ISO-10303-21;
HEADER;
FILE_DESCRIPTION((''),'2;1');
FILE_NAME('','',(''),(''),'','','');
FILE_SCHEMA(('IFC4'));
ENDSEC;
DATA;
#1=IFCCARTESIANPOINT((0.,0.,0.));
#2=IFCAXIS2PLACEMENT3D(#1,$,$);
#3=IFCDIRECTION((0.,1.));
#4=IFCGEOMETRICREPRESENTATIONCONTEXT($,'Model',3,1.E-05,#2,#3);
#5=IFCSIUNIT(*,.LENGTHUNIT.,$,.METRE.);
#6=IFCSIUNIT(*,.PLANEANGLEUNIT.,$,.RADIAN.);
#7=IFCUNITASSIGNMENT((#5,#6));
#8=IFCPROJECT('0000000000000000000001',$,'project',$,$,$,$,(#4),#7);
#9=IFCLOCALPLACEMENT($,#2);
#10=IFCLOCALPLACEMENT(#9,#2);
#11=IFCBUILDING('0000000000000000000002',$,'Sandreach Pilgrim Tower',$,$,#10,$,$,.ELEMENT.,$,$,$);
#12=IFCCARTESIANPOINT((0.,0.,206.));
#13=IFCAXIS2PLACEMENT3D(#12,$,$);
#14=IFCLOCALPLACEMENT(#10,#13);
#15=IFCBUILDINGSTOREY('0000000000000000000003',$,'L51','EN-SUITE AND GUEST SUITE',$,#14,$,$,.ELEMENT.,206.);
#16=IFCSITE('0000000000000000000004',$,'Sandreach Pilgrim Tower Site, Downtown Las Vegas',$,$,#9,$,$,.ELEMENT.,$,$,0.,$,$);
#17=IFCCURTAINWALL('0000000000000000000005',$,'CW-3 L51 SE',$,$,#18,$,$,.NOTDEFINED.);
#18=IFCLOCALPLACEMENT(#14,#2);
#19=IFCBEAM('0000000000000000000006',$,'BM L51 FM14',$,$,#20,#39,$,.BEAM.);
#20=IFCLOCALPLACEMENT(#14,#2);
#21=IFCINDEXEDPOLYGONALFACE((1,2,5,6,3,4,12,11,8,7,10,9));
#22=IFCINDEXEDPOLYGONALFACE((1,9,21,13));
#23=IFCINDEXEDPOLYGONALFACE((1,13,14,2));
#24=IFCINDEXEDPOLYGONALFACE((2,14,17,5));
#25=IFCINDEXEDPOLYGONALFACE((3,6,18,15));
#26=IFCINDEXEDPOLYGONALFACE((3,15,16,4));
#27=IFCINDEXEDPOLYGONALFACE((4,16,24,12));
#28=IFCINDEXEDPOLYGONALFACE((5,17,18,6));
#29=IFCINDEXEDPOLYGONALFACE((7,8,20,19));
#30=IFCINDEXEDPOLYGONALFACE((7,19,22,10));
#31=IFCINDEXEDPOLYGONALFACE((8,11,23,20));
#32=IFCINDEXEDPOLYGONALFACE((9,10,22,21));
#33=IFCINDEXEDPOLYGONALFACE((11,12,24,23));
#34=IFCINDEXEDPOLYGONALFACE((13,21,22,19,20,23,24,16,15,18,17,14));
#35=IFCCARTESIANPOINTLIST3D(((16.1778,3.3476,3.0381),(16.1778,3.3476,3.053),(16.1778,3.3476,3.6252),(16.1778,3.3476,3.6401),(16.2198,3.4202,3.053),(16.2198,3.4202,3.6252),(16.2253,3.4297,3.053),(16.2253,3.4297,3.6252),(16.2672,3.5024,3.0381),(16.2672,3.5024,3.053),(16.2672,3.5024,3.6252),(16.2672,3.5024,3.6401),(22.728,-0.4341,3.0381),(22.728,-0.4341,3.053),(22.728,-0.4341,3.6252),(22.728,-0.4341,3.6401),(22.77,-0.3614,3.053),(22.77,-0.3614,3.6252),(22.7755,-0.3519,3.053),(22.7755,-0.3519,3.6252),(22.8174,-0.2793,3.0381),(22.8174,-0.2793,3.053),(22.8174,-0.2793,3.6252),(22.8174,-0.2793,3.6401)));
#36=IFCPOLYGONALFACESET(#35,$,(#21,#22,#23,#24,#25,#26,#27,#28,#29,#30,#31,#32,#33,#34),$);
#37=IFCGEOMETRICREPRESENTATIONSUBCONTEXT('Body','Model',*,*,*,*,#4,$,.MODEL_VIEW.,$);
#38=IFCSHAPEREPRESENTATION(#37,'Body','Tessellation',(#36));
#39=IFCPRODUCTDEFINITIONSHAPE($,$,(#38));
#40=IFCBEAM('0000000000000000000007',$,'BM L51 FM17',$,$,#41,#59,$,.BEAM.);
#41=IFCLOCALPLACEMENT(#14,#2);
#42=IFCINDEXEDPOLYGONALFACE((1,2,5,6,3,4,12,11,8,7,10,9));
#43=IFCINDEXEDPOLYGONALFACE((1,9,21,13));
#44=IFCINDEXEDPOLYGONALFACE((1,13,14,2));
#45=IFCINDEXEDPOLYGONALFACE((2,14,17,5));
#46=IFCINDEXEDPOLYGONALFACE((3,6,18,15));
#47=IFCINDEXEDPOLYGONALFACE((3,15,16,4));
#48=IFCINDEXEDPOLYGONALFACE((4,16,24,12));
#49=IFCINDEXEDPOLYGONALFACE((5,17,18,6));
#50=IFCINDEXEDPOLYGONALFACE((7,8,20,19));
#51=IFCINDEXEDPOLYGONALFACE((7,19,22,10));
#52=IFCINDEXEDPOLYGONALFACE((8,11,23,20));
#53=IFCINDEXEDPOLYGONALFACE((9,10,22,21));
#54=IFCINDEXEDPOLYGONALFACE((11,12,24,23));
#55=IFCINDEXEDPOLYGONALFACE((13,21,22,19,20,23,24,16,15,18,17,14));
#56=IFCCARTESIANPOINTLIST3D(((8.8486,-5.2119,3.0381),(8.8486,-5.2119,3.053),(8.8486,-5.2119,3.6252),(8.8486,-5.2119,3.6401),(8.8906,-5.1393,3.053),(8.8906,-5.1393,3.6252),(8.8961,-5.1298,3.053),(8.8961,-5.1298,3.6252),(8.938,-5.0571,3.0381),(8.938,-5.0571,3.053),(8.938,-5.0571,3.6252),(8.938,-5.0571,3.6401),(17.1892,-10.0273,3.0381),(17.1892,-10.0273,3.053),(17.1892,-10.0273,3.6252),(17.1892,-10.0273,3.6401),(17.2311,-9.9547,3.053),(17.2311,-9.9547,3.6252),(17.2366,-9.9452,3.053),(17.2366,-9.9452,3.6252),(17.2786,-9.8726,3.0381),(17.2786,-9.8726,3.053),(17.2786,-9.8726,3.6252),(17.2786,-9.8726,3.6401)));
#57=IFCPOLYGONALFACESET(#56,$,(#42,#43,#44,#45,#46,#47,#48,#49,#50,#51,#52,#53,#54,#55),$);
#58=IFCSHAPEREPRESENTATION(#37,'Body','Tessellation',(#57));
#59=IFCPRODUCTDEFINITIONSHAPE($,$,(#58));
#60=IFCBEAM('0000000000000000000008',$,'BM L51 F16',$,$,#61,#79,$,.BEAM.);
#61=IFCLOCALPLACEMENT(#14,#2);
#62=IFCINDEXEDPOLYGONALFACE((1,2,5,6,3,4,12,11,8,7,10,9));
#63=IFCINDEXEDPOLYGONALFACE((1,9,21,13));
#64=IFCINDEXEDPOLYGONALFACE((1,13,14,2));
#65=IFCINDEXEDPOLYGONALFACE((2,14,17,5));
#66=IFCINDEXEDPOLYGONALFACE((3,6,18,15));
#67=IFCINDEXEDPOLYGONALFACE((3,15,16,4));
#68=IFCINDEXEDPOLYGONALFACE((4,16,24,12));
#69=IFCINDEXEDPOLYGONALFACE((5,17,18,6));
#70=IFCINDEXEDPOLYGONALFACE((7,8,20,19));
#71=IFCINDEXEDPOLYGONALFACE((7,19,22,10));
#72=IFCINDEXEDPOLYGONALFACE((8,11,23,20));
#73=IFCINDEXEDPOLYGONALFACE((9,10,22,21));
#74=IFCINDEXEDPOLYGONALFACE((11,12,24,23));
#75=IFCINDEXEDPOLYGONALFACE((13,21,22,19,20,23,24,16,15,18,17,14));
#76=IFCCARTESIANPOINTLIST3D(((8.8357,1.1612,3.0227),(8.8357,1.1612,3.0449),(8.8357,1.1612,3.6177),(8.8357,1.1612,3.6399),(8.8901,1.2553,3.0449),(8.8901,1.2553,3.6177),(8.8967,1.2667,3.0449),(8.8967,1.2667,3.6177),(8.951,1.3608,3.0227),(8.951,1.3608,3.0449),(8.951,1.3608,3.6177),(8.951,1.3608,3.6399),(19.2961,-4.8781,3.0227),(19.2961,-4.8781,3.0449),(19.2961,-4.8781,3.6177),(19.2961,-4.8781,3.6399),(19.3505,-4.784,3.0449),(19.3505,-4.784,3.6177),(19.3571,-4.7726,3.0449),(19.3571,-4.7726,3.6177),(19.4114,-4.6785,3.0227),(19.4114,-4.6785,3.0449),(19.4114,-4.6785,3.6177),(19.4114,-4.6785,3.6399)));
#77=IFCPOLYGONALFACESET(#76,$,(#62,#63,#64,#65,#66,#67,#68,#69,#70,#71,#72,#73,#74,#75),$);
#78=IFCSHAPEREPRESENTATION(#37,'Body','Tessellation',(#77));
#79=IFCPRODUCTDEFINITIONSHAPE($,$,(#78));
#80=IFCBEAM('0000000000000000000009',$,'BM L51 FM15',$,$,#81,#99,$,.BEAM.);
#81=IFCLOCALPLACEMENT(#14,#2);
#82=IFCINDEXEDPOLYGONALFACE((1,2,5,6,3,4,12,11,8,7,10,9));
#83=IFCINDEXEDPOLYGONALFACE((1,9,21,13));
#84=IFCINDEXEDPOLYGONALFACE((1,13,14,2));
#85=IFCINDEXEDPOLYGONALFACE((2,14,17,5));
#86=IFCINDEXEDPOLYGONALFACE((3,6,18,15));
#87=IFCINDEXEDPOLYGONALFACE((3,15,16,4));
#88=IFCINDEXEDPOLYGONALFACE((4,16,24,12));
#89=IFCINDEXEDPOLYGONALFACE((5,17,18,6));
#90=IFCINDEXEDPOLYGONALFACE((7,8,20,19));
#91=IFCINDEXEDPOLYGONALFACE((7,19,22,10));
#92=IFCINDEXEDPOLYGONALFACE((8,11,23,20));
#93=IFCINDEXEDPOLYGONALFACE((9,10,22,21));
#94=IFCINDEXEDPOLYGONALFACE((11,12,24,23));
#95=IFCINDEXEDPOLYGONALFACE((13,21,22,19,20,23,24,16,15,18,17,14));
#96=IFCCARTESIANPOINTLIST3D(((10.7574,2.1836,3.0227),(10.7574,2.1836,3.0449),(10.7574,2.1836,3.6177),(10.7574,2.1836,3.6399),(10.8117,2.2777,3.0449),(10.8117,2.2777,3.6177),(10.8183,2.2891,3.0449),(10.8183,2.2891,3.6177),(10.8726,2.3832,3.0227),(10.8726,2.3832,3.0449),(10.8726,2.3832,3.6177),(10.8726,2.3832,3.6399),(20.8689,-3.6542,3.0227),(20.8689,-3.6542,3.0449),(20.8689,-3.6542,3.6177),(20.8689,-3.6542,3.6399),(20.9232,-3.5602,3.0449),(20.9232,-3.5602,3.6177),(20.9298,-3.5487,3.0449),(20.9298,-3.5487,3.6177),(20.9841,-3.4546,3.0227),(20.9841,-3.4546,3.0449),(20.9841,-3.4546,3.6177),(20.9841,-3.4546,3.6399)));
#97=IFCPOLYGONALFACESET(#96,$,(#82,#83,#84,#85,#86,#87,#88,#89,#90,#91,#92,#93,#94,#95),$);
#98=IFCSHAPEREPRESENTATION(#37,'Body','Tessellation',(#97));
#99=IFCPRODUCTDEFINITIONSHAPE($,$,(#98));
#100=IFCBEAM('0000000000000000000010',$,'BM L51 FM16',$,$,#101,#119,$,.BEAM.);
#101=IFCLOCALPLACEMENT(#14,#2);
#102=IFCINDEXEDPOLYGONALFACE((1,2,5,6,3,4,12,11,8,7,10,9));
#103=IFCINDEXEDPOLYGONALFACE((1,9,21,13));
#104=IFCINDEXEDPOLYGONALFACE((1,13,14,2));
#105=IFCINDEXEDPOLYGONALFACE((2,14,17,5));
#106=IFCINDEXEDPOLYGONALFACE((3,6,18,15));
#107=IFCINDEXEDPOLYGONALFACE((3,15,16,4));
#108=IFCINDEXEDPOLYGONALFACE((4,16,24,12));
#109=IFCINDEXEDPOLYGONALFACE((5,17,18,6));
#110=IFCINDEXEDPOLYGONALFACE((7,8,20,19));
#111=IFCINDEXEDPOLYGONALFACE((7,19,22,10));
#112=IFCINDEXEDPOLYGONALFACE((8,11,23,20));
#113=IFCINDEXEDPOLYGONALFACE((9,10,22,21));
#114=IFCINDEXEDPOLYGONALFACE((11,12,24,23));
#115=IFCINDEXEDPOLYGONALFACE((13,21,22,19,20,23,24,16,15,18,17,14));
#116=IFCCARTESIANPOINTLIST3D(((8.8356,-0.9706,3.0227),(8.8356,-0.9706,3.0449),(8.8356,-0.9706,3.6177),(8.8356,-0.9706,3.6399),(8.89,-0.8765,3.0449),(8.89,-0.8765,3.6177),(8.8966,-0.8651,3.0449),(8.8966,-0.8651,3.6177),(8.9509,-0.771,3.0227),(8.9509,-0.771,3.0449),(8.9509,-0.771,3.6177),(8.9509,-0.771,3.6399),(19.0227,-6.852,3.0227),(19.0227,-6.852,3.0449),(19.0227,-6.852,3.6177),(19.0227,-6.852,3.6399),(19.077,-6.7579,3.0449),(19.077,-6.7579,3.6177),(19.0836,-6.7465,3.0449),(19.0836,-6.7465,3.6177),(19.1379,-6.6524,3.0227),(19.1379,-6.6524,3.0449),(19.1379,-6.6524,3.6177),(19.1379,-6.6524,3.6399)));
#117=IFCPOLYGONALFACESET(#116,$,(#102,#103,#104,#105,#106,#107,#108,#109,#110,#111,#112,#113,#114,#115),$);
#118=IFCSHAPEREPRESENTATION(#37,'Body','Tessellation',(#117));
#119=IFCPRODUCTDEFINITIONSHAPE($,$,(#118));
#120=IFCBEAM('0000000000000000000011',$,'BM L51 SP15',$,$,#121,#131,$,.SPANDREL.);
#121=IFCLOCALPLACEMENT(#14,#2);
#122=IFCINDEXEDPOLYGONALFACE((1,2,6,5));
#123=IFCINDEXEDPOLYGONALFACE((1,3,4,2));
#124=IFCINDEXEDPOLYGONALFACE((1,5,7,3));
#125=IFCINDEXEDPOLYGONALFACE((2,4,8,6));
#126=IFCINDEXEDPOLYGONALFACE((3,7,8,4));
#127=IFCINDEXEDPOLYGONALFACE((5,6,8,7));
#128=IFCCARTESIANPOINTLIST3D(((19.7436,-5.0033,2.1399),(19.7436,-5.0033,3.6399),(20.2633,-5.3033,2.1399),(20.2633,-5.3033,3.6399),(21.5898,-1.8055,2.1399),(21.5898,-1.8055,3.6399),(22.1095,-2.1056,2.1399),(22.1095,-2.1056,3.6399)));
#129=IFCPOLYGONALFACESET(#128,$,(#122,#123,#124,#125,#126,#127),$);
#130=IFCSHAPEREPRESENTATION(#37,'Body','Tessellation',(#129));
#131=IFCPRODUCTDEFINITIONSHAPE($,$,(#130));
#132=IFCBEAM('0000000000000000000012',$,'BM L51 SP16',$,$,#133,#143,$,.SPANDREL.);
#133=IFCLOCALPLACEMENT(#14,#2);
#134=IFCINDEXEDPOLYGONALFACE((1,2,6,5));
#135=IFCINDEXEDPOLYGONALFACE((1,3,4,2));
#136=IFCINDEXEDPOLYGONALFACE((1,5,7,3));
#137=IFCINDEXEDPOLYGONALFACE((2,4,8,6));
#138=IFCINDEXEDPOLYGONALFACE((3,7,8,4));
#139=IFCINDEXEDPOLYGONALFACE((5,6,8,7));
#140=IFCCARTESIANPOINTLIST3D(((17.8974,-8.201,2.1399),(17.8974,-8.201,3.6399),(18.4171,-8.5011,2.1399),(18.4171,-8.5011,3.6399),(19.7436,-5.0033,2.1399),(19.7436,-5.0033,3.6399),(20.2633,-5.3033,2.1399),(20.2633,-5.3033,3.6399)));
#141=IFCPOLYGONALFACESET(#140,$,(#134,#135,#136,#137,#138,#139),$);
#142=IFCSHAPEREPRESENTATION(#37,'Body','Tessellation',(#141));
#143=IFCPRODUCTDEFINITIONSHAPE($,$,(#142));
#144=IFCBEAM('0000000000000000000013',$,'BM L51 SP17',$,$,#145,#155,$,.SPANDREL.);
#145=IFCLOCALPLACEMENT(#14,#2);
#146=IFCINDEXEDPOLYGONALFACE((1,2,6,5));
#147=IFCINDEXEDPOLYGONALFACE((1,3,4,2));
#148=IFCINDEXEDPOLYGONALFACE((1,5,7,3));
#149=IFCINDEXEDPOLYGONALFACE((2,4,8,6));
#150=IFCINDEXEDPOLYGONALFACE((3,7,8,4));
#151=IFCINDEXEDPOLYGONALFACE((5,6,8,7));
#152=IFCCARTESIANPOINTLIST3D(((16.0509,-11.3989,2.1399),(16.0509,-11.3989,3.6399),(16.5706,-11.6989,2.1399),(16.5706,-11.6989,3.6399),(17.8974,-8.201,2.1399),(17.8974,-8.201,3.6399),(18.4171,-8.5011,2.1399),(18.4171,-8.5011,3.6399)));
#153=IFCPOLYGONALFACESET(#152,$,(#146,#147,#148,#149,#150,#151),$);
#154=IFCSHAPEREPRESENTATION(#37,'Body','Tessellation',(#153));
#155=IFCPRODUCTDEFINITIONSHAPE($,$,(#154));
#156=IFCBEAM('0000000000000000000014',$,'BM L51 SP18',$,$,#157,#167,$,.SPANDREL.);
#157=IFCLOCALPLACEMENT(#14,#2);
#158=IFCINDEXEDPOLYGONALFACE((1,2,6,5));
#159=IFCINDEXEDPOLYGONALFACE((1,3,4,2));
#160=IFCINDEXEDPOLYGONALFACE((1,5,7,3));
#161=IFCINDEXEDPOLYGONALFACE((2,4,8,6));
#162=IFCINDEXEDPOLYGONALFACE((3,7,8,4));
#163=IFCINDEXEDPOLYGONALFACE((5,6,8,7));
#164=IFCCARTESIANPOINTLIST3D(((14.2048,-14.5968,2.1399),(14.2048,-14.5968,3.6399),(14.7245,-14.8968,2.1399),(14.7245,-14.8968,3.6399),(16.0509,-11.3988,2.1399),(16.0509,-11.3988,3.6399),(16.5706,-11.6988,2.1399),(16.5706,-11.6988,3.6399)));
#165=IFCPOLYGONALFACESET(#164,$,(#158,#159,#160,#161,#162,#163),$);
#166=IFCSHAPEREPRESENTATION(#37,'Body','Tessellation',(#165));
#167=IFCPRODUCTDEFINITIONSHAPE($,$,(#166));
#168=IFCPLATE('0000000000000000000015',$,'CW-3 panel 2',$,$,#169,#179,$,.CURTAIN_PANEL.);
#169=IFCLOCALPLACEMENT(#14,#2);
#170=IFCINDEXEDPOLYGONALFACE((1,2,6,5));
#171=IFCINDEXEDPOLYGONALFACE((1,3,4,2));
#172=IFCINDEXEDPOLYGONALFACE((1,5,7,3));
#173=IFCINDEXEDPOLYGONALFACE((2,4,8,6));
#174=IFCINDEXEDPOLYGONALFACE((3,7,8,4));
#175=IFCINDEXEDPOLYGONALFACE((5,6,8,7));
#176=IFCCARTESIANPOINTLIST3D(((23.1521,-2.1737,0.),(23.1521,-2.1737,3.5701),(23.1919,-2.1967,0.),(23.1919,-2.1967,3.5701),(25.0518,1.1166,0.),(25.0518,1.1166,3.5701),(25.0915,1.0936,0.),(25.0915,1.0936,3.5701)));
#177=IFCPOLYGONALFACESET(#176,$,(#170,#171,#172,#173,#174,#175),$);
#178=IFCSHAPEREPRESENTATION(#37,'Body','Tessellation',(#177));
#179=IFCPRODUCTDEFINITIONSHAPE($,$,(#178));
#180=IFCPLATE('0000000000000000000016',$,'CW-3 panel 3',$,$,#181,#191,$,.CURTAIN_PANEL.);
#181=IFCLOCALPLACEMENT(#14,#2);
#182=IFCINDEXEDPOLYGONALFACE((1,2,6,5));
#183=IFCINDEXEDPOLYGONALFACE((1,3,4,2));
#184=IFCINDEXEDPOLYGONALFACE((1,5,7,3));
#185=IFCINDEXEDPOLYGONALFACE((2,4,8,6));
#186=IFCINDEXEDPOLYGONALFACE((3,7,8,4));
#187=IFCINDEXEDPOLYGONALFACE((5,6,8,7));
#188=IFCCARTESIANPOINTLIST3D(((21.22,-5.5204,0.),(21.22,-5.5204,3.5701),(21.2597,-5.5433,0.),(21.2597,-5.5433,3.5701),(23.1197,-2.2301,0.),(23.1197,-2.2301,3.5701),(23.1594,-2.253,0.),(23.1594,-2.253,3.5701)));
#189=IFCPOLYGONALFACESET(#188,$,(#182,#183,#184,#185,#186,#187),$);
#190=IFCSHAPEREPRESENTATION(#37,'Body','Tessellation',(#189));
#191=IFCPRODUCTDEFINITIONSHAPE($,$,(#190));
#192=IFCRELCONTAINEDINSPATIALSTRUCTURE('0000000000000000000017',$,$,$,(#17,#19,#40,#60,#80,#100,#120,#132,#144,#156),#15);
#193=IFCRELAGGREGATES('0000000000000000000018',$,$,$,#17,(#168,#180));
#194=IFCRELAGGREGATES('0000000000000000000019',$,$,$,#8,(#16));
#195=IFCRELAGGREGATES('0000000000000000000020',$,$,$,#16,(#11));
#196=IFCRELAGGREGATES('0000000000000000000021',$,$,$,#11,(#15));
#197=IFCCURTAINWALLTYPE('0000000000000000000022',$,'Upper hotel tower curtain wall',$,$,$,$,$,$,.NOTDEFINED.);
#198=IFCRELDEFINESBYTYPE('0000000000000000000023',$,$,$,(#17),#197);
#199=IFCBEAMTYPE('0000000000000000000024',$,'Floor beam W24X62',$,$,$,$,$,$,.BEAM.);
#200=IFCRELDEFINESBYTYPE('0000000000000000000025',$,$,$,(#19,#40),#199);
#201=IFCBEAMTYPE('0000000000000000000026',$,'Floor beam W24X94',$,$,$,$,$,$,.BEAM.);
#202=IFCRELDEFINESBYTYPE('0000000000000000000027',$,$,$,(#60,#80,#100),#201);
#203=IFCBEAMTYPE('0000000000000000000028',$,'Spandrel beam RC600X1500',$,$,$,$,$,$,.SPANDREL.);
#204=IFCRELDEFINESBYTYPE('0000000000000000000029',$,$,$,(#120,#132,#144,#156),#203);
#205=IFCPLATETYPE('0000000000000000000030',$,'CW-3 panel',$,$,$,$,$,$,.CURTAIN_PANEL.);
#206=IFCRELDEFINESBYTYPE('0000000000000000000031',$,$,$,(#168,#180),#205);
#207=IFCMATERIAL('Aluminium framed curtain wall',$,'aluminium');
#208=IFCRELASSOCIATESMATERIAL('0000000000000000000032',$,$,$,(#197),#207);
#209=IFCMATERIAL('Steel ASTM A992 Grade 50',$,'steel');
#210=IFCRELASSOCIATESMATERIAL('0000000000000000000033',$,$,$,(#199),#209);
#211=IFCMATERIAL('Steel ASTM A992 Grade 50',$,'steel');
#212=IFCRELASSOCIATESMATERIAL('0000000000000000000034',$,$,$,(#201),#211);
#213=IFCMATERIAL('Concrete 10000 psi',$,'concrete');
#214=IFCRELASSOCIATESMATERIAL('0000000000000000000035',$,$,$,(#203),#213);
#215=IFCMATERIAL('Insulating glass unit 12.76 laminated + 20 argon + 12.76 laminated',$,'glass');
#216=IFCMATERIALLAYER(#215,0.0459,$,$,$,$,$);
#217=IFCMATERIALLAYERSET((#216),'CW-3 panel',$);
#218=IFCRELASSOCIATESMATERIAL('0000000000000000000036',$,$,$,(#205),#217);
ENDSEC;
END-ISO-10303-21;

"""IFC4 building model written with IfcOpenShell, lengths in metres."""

from ifc_helpers import new_model, si_unit, direction, frame, origin, origin_2d, place, context, subcontext, project, spatial, rectangle, i_section, extrude, material, layer, layer_set, material_profile, profile_set, type_object, element, aggregate, save


model = new_model("IFC4")

# Units and contexts
model_context = context("Model", 3, precision=1e-05, world=origin(), true_north=direction((0.0, 1.0)))
body_context = subcontext(model_context, "Body", "Model", "MODEL_VIEW")
ifc_project = project(units=[si_unit("LENGTHUNIT", "METRE"), si_unit("PLANEANGLEUNIT", "RADIAN")], contexts=[model_context])

# Site, building, storey
site_placement = place(None, origin())
site = spatial("IfcSite", under=ifc_project, at=site_placement, Name="Sandreach Pilgrim Tower Site, Downtown Las Vegas", CompositionType="ELEMENT", RefElevation=0.0)
building_placement = place(site_placement, origin())
building = spatial("IfcBuilding", under=site, at=building_placement, Name="Sandreach Pilgrim Tower", CompositionType="ELEMENT")
storey_placement = place(building_placement, frame((0.0, 0.0, 206.0)))
storey = spatial("IfcBuildingStorey", under=building, at=storey_placement, Name="L51", Description="EN-SUITE AND GUEST SUITE", CompositionType="ELEMENT", Elevation=206.0)

# Curtain wall
ifc_material_1 = material(Name="Aluminium framed curtain wall", Category="aluminium")
curtain_wall_type = type_object("IfcCurtainWallType", Name="Upper hotel tower curtain wall", PredefinedType="NOTDEFINED", material=ifc_material_1)
curtain_wall_placement = place(storey_placement, origin())
curtain_wall = element("IfcCurtainWall", 1, at=curtain_wall_placement, inside=storey, type_object=curtain_wall_type, Name="CW-3 L51 SE", PredefinedType="NOTDEFINED")

# Beams
ifc_material_2 = material(Name="Steel ASTM A992 Grade 50", Category="steel")
ifc_material_profile_1 = material_profile(ifc_material_2, i_section(OverallWidth=0.1787, OverallDepth=0.6021, WebThickness=0.011, FlangeThickness=0.0149, at=origin_2d()), Name="W24X62")
ifc_profile_set_1 = profile_set([ifc_material_profile_1], Name="Steel ASTM A992 Grade 50")
beam_type_1 = type_object("IfcBeamType", Name="Floor beam W24X62", PredefinedType="BEAM", material=ifc_profile_set_1)
beam_1_placement = place(storey_placement, frame((22.7727, -0.3567, 3.3391), z_axis=(-0.86603, 0.499993, 0.0), x_axis=(-0.499993, -0.86603, 0.0)))
element("IfcBeam", 2, at=beam_1_placement, inside=storey, type_object=beam_type_1, Name="BM L51 FM14", PredefinedType="BEAM", context=body_context, shape_type="SweptSolid", body=[
    extrude(i_section(OverallWidth=0.1787, OverallDepth=0.6021, WebThickness=0.011, FlangeThickness=0.0149, at=origin_2d()), origin(), (0.0, 0.0, 1.0), 7.5635),
])
beam_2_placement = place(storey_placement, frame((17.2339, -9.95, 3.3391), z_axis=(-0.866026, 0.5, 0.0), x_axis=(-0.5, -0.866026, 0.0)))
element("IfcBeam", 3, at=beam_2_placement, inside=storey, type_object=beam_type_1, Name="BM L51 FM17", PredefinedType="BEAM", context=body_context, shape_type="SweptSolid", body=[
    extrude(i_section(OverallWidth=0.1787, OverallDepth=0.6021, WebThickness=0.011, FlangeThickness=0.0149, at=origin_2d()), origin(), (0.0, 0.0, 1.0), 9.6309),
])
ifc_material_3 = material(Name="Steel ASTM A992 Grade 50", Category="steel")
ifc_material_profile_2 = material_profile(ifc_material_3, i_section(OverallWidth=0.2305, OverallDepth=0.6172, WebThickness=0.0132, FlangeThickness=0.0222, at=origin_2d()), Name="W24X94")
ifc_profile_set_2 = profile_set([ifc_material_profile_2], Name="Steel ASTM A992 Grade 50")
beam_type_2 = type_object("IfcBeamType", Name="Floor beam W24X94", PredefinedType="BEAM", material=ifc_profile_set_2)
beam_3_placement = place(storey_placement, frame((19.3538, -4.7783, 3.3313), z_axis=(-0.866027, 0.499998, 0.0), x_axis=(-0.499998, -0.866027, 0.0)))
element("IfcBeam", 4, at=beam_3_placement, inside=storey, type_object=beam_type_2, Name="BM L51 F16", PredefinedType="BEAM", context=body_context, shape_type="SweptSolid", body=[
    extrude(i_section(OverallWidth=0.2305, OverallDepth=0.6172, WebThickness=0.0132, FlangeThickness=0.0222, at=origin_2d()), origin(), (0.0, 0.0, 1.0), 12.0786),
])
beam_4_placement = place(storey_placement, frame((20.9265, -3.5544, 3.3313), z_axis=(-0.866026, 0.499998, 0.0), x_axis=(-0.499998, -0.866026, 0.0)))
element("IfcBeam", 5, at=beam_4_placement, inside=storey, type_object=beam_type_2, Name="BM L51 FM15", PredefinedType="BEAM", context=body_context, shape_type="SweptSolid", body=[
    extrude(i_section(OverallWidth=0.2305, OverallDepth=0.6172, WebThickness=0.0132, FlangeThickness=0.0222, at=origin_2d()), origin(), (0.0, 0.0, 1.0), 11.6758),
])
beam_5_placement = place(storey_placement, frame((19.0803, -6.7522, 3.3313), z_axis=(-0.86603, 0.499992, 0.0), x_axis=(-0.499992, -0.86603, 0.0)))
element("IfcBeam", 6, at=beam_5_placement, inside=storey, type_object=beam_type_2, Name="BM L51 FM16", PredefinedType="BEAM", context=body_context, shape_type="SweptSolid", body=[
    extrude(i_section(OverallWidth=0.2305, OverallDepth=0.6172, WebThickness=0.0132, FlangeThickness=0.0222, at=origin_2d()), origin(), (0.0, 0.0, 1.0), 11.7629),
])
ifc_material_4 = material(Name="Concrete 10000 psi", Category="concrete")
ifc_material_profile_3 = material_profile(ifc_material_4, rectangle(XDim=0.6001, YDim=1.5, at=origin_2d()), Name="RC600X1500")
ifc_profile_set_3 = profile_set([ifc_material_profile_3], Name="Concrete 10000 psi")
beam_type_3 = type_object("IfcBeamType", Name="Spandrel beam RC600X1500", PredefinedType="SPANDREL", material=ifc_profile_set_3)
for number, where, z_axis, x_axis, name in (
    (7, (21.8496, -1.9556, 2.8899), (-0.499993, -0.866029, 0.0), (0.866029, -0.499993, 0.0), "BM L51 SP15"),
    (8, (20.0034, -5.1533, 2.8899), (-0.499993, -0.866029, 0.0), (0.866029, -0.499993, 0.0), "BM L51 SP16"),
):
    element("IfcBeam", number, at=place(storey_placement, frame(where, z_axis=z_axis, x_axis=x_axis)), inside=storey, type_object=beam_type_3, Name=name, PredefinedType="SPANDREL", context=body_context, shape_type="SweptSolid", body=[
        extrude(rectangle(XDim=0.6001, YDim=1.5, at=origin_2d()), origin(), (0.0, 0.0, 1.0), 3.6924),
    ])
for number, where, z_axis, x_axis, name in (
    (9, (18.1572, -8.3511, 2.8899), (-0.500043, -0.866001, 0.0), (0.866001, -0.500043, 0.0), "BM L51 SP17"),
    (10, (16.3108, -11.5488, 2.8899), (-0.499965, -0.866046, 0.0), (0.866046, -0.499965, 0.0), "BM L51 SP18"),
):
    element("IfcBeam", number, at=place(storey_placement, frame(where, z_axis=z_axis, x_axis=x_axis)), inside=storey, type_object=beam_type_3, Name=name, PredefinedType="SPANDREL", context=body_context, shape_type="SweptSolid", body=[
        extrude(rectangle(XDim=0.6001, YDim=1.5, at=origin_2d()), origin(), (0.0, 0.0, 1.0), 3.6926),
    ])

# Plates
ifc_material_5 = material(Name="Insulating glass unit 12.76 laminated + 20 argon + 12.76 laminated", Category="glass")
ifc_layer_1 = layer(ifc_material_5, 0.0459)
ifc_layer_set_1 = layer_set([ifc_layer_1], Name="CW-3 panel")
plate_type = type_object("IfcPlateType", Name="CW-3 panel", PredefinedType="CURTAIN_PANEL", material=ifc_layer_set_1)
plate_1_placement = place(storey_placement, frame((24.1218, -0.54, 0.0), z_axis=(0.0, 0.0, 1.0), x_axis=(-0.5, -0.866025, 0.0)))
plate_1 = element("IfcPlate", 11, at=plate_1_placement, type_object=plate_type, Name="CW-3 panel 2", PredefinedType="CURTAIN_PANEL", context=body_context, shape_type="SweptSolid", body=[
    extrude(rectangle(XDim=3.7993, YDim=0.0459, at=origin_2d()), origin(), (0.0, 0.0, 1.0), 3.5701),
])
plate_2_placement = place(storey_placement, frame((22.1897, -3.8867, 0.0), z_axis=(0.0, 0.0, 1.0), x_axis=(-0.5, -0.866025, 0.0)))
plate_2 = element("IfcPlate", 12, at=plate_2_placement, type_object=plate_type, Name="CW-3 panel 3", PredefinedType="CURTAIN_PANEL", context=body_context, shape_type="SweptSolid", body=[
    extrude(rectangle(XDim=3.7993, YDim=0.0459, at=origin_2d()), origin(), (0.0, 0.0, 1.0), 3.5701),
])
aggregate(curtain_wall, [plate_1, plate_2])

save(model, "model.ifc")
